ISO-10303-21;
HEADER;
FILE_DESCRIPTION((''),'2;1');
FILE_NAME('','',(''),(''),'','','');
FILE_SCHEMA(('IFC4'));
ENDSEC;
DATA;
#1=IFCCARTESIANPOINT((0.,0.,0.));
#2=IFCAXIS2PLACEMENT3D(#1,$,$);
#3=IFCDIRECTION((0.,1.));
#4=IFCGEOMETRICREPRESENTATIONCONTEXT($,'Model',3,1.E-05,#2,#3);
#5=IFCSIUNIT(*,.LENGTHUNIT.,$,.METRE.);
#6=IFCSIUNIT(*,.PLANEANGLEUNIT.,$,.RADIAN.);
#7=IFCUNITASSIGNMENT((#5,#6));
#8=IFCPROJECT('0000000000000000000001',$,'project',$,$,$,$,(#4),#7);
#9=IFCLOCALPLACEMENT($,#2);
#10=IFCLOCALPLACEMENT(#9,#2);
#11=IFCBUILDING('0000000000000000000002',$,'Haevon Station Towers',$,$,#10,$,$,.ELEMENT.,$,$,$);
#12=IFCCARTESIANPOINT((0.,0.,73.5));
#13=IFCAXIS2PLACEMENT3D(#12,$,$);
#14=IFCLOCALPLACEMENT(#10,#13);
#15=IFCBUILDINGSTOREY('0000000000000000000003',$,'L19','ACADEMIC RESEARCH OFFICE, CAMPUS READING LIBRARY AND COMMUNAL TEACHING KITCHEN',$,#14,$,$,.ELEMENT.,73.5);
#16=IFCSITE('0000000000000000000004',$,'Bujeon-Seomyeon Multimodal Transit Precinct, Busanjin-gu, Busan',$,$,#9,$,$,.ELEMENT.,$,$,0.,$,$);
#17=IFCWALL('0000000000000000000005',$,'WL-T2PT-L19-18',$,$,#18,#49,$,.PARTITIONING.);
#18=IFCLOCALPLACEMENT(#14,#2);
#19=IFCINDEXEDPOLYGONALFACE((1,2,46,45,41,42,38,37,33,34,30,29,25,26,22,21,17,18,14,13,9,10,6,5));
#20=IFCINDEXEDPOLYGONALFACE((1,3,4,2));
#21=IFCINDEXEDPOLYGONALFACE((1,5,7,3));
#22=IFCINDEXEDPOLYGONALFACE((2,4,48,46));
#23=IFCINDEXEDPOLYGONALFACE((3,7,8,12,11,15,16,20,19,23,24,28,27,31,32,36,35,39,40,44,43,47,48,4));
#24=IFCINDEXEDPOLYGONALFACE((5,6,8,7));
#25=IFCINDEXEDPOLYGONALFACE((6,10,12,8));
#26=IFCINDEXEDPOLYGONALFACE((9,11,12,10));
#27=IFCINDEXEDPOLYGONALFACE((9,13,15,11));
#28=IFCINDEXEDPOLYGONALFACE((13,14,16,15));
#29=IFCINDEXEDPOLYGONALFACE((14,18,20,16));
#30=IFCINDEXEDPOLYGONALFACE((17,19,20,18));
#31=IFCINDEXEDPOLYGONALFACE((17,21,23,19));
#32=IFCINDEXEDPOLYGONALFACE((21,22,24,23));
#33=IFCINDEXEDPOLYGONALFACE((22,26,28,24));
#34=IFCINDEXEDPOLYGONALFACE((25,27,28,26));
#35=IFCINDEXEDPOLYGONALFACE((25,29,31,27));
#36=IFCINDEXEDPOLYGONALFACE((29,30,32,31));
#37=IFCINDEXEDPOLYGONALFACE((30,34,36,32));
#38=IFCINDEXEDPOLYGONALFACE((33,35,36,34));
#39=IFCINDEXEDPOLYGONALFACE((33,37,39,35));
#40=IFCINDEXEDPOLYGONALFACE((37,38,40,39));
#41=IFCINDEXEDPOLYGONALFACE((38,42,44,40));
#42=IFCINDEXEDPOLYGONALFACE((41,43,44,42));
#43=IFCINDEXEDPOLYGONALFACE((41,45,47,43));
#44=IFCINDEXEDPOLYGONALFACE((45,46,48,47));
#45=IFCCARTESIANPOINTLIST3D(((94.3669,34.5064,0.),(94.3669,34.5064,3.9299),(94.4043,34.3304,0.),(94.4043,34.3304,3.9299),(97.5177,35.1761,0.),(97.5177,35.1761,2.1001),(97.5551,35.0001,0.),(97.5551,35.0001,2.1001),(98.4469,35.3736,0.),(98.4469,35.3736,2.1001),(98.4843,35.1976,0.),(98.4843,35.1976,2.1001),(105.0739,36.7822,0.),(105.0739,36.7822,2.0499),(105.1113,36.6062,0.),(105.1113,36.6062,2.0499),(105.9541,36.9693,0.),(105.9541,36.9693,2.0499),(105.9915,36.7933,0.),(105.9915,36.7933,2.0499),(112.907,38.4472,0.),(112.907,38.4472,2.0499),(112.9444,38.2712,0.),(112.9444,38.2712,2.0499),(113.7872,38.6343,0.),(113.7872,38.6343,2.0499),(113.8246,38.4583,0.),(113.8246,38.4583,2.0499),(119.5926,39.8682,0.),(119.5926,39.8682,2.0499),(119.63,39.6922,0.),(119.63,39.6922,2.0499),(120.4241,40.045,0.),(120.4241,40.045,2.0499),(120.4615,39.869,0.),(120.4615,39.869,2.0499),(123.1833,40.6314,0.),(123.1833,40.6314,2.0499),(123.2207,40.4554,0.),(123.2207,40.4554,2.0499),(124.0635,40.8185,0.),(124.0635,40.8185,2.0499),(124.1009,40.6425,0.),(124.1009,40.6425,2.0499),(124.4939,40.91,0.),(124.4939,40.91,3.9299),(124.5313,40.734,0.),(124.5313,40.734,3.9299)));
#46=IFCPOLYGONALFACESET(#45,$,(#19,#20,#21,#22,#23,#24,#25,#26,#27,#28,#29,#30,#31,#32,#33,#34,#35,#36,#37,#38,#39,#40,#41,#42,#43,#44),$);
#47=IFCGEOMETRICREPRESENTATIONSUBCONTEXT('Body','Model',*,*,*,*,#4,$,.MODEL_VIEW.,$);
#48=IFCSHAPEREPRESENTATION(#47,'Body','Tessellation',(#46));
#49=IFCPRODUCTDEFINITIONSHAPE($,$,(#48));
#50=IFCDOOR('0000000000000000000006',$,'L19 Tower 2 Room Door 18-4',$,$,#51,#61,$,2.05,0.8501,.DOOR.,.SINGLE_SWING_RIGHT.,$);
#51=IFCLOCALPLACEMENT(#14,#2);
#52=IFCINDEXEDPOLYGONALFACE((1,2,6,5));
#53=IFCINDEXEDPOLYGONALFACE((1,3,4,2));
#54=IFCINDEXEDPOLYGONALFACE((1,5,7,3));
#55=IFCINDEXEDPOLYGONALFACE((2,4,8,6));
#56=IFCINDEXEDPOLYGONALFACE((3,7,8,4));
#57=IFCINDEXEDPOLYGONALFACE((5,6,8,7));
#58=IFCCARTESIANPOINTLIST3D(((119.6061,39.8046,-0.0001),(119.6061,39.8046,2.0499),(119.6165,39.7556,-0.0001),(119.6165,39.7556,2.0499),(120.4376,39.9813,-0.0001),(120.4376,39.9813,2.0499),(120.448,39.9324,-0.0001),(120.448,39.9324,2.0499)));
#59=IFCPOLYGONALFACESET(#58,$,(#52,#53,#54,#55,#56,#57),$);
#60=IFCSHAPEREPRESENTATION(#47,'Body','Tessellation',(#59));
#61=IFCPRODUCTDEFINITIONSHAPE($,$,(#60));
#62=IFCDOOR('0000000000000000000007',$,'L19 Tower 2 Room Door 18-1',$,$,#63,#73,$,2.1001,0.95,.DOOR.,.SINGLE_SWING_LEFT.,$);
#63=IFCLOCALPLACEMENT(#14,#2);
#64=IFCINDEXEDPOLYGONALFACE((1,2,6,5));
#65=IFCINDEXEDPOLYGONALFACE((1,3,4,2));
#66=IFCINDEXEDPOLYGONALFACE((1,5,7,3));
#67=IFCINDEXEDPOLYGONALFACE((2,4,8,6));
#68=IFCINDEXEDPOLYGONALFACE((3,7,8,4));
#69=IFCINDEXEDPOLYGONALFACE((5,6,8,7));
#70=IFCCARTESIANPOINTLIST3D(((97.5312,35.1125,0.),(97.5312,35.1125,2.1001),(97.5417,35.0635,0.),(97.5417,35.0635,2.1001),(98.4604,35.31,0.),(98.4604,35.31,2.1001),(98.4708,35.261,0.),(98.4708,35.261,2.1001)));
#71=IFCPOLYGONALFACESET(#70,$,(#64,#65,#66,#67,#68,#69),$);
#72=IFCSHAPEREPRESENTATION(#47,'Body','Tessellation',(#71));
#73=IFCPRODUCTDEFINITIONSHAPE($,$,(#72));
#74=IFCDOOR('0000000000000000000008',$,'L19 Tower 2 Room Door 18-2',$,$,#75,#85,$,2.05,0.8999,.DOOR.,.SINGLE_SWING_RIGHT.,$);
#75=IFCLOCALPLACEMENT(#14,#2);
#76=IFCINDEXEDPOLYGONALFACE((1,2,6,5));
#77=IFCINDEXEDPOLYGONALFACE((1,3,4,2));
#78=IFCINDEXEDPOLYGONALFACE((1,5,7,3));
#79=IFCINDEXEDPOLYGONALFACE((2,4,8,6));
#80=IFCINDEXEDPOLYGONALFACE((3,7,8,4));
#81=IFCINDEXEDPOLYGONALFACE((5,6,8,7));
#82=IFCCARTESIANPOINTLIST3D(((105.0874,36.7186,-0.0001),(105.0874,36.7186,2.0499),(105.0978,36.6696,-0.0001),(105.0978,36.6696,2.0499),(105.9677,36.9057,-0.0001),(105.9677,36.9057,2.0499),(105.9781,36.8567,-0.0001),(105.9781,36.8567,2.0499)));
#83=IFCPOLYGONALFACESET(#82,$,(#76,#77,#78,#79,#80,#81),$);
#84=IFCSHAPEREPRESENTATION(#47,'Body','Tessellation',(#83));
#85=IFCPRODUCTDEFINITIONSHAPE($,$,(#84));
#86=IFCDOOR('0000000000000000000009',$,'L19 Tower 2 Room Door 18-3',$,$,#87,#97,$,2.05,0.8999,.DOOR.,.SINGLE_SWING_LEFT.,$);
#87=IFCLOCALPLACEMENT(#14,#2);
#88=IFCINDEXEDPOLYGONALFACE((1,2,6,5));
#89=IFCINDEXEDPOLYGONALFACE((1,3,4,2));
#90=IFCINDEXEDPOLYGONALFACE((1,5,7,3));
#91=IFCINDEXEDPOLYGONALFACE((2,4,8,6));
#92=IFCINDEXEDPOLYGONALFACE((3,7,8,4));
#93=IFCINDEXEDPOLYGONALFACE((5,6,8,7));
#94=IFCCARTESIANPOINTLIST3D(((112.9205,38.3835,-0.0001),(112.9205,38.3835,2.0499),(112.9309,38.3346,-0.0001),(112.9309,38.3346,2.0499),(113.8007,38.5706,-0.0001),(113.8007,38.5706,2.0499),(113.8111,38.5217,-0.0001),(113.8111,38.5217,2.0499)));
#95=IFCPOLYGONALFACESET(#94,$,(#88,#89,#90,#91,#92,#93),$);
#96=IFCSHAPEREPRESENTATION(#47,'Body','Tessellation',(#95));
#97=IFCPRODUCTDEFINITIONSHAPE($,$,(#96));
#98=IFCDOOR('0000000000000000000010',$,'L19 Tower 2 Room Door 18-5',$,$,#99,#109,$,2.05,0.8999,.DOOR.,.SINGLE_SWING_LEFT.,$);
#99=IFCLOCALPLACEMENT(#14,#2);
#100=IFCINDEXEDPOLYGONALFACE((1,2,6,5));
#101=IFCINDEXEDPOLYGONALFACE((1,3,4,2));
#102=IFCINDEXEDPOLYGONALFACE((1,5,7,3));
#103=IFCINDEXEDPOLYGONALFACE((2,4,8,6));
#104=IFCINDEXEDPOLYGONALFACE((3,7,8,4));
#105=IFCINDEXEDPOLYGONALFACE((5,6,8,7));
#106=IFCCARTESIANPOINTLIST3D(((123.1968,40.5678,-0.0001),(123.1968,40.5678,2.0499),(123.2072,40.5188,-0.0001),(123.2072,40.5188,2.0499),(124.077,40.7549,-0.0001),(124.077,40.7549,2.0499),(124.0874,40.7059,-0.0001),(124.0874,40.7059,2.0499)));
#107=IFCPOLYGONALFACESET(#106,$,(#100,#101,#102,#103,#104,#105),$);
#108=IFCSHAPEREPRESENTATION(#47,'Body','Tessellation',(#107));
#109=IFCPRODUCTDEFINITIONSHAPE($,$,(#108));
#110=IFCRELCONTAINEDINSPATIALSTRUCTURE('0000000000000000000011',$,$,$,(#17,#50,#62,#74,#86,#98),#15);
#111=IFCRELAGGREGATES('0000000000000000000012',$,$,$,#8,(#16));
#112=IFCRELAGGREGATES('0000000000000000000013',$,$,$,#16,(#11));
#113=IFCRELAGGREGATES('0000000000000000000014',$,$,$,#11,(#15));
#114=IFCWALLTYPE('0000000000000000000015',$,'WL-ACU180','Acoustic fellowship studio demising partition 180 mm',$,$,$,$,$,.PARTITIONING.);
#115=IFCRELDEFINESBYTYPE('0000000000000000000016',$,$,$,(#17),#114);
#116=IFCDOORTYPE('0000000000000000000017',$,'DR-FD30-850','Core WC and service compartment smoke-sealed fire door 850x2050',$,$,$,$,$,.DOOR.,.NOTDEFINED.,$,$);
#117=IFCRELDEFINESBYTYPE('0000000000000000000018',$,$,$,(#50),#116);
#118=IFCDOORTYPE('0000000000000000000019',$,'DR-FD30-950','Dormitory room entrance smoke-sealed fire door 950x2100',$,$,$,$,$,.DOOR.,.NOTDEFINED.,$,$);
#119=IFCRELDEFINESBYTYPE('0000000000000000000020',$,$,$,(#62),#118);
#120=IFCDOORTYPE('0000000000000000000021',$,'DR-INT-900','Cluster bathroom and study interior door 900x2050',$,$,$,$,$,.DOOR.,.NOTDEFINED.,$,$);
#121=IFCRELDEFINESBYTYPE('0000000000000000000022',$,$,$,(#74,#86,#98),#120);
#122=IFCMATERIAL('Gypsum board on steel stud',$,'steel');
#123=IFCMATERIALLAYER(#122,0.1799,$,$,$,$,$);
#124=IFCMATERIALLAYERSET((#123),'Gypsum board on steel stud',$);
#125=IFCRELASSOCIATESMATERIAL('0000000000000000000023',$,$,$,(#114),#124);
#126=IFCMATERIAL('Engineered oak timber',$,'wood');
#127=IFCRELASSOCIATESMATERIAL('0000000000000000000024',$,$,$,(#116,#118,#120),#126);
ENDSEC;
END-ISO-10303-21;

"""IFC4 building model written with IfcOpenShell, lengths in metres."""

from ifc_helpers import new_model, si_unit, direction, frame, frame_2d, origin, place, context, subcontext, project, spatial, rectangle, extrude, material, layer, layer_set, type_object, element, fill, save


model = new_model("IFC4")

# Units and contexts
model_context = context("Model", 3, precision=1e-05, world=origin(), true_north=direction((0.0, 1.0)))
body_context = subcontext(model_context, "Body", "Model", "MODEL_VIEW")
ifc_project = project(units=[si_unit("LENGTHUNIT", "METRE"), si_unit("PLANEANGLEUNIT", "RADIAN")], contexts=[model_context])

# Site, building, storey
site_placement = place(None, origin())
site = spatial("IfcSite", under=ifc_project, at=site_placement, Name="Bujeon-Seomyeon Multimodal Transit Precinct, Busanjin-gu, Busan", CompositionType="ELEMENT", RefElevation=0.0)
building_placement = place(site_placement, origin())
building = spatial("IfcBuilding", under=site, at=building_placement, Name="Haevon Station Towers", CompositionType="ELEMENT")
storey_placement = place(building_placement, frame((0.0, 0.0, 73.5)))
storey = spatial("IfcBuildingStorey", under=building, at=storey_placement, Name="L19", Description="ACADEMIC RESEARCH OFFICE, CAMPUS READING LIBRARY AND COMMUNAL TEACHING KITCHEN", CompositionType="ELEMENT", Elevation=73.5)

# Wall, openings, doors
ifc_material_1 = material(Name="Gypsum board on steel stud", Category="steel")
ifc_layer = layer(ifc_material_1, 0.1799)
ifc_layer_set = layer_set([ifc_layer], Name="Gypsum board on steel stud")
wall_type = type_object("IfcWallType", Name="WL-ACU180", Description="Acoustic fellowship studio demising partition 180 mm", PredefinedType="PARTITIONING", material=ifc_layer_set)
wall_placement = place(storey_placement, frame((94.3857, 34.4185, 0.0), z_axis=(0.0, 0.0, 1.0), x_axis=(0.978148, 0.207908, 0.0)))
wall = element("IfcWall", 1, at=wall_placement, inside=storey, type_object=wall_type, Name="WL-T2PT-L19-18", PredefinedType="PARTITIONING", context=body_context, shape_type="SweptSolid", body=[
    extrude(rectangle(XDim=30.8, YDim=0.1799, at=frame_2d((15.3999, 0.0))), origin(), (0.0, 0.0, 1.0), 3.9299),
])
opening_1_placement = place(wall_placement, frame((3.2209, 0.0, 0.0)))
opening_1 = element("IfcOpeningElement", 2, at=opening_1_placement, cuts=wall, PredefinedType="OPENING", context=body_context, shape_type="SweptSolid", body=[
    extrude(rectangle(XDim=0.95, YDim=2.1001, at=frame_2d((0.4751, 1.05))), frame((0.0, 0.0999, 0.0), z_axis=(0.0, -1.0, 0.0), x_axis=(1.0, 0.0, 0.0)), (0.0, 0.0, 1.0), 0.2),
])
opening_2_placement = place(wall_placement, frame((10.946, 0.0, 0.0)))
opening_2 = element("IfcOpeningElement", 3, at=opening_2_placement, cuts=wall, PredefinedType="OPENING", context=body_context, shape_type="SweptSolid", body=[
    extrude(rectangle(XDim=0.8999, YDim=2.05, at=frame_2d((0.45, 1.0249))), frame((0.0, 0.0999, 0.0), z_axis=(0.0, -1.0, 0.0), x_axis=(1.0, 0.0, 0.0)), (0.0, 0.0, 1.0), 0.2),
])
opening_3_placement = place(wall_placement, frame((18.9541, 0.0, 0.0)))
opening_3 = element("IfcOpeningElement", 4, at=opening_3_placement, cuts=wall, PredefinedType="OPENING", context=body_context, shape_type="SweptSolid", body=[
    extrude(rectangle(XDim=0.8999, YDim=2.05, at=frame_2d((0.45, 1.0249))), frame((0.0, 0.0999, 0.0), z_axis=(0.0, -1.0, 0.0), x_axis=(1.0, 0.0, 0.0)), (0.0, 0.0, 1.0), 0.2),
])
opening_4_placement = place(wall_placement, frame((25.7891, 0.0, 0.0)))
opening_4 = element("IfcOpeningElement", 5, at=opening_4_placement, cuts=wall, PredefinedType="OPENING", context=body_context, shape_type="SweptSolid", body=[
    extrude(rectangle(XDim=0.8501, YDim=2.05, at=frame_2d((0.425, 1.0249))), frame((0.0, 0.0999, 0.0), z_axis=(0.0, -1.0, 0.0), x_axis=(1.0, 0.0, 0.0)), (0.0, 0.0, 1.0), 0.2),
])
opening_5_placement = place(wall_placement, frame((29.46, 0.0, 0.0)))
opening_5 = element("IfcOpeningElement", 6, at=opening_5_placement, cuts=wall, PredefinedType="OPENING", context=body_context, shape_type="SweptSolid", body=[
    extrude(rectangle(XDim=0.8999, YDim=2.05, at=frame_2d((0.45, 1.0249))), frame((0.0, 0.0999, 0.0), z_axis=(0.0, -1.0, 0.0), x_axis=(1.0, 0.0, 0.0)), (0.0, 0.0, 1.0), 0.2),
])
ifc_material_2 = material(Name="Engineered oak timber", Category="wood")
door_type_1 = type_object("IfcDoorType", Name="DR-FD30-850", Description="Core WC and service compartment smoke-sealed fire door 850x2050", OperationType="NOTDEFINED", PredefinedType="DOOR", material=ifc_material_2)
door_1_placement = place(opening_4_placement, origin())
door_1 = element("IfcDoor", 7, at=door_1_placement, inside=storey, type_object=door_type_1, Name="L19 Tower 2 Room Door 18-4", OperationType="SINGLE_SWING_RIGHT", OverallHeight=2.05, OverallWidth=0.8501, PredefinedType="DOOR", context=body_context, shape_type="SweptSolid", body=[
    extrude(rectangle(XDim=0.8501, YDim=2.05, at=frame_2d((0.425, 1.0249))), frame((0.0, 0.0249, 0.0), z_axis=(0.0, -1.0, 0.0), x_axis=(1.0, 0.0, 0.0)), (0.0, 0.0, 1.0), 0.05),
])
fill(opening_4, door_1)
door_type_2 = type_object("IfcDoorType", Name="DR-FD30-950", Description="Dormitory room entrance smoke-sealed fire door 950x2100", OperationType="NOTDEFINED", PredefinedType="DOOR", material=ifc_material_2)
door_2_placement = place(opening_1_placement, origin())
door_2 = element("IfcDoor", 8, at=door_2_placement, inside=storey, type_object=door_type_2, Name="L19 Tower 2 Room Door 18-1", OperationType="SINGLE_SWING_LEFT", OverallHeight=2.1001, OverallWidth=0.95, PredefinedType="DOOR", context=body_context, shape_type="SweptSolid", body=[
    extrude(rectangle(XDim=0.95, YDim=2.1001, at=frame_2d((0.4751, 1.05))), frame((0.0, 0.0249, 0.0), z_axis=(0.0, -1.0, 0.0), x_axis=(1.0, 0.0, 0.0)), (0.0, 0.0, 1.0), 0.05),
])
fill(opening_1, door_2)
door_type_3 = type_object("IfcDoorType", Name="DR-INT-900", Description="Cluster bathroom and study interior door 900x2050", OperationType="NOTDEFINED", PredefinedType="DOOR", material=ifc_material_2)
door_3_placement = place(opening_2_placement, origin())
door_3 = element("IfcDoor", 9, at=door_3_placement, inside=storey, type_object=door_type_3, Name="L19 Tower 2 Room Door 18-2", OperationType="SINGLE_SWING_RIGHT", OverallHeight=2.05, OverallWidth=0.8999, PredefinedType="DOOR", context=body_context, shape_type="SweptSolid", body=[
    extrude(rectangle(XDim=0.8999, YDim=2.05, at=frame_2d((0.45, 1.0249))), frame((0.0, 0.0249, 0.0), z_axis=(0.0, -1.0, 0.0), x_axis=(1.0, 0.0, 0.0)), (0.0, 0.0, 1.0), 0.05),
])
fill(opening_2, door_3)
door_4_placement = place(opening_3_placement, origin())
door_4 = element("IfcDoor", 10, at=door_4_placement, inside=storey, type_object=door_type_3, Name="L19 Tower 2 Room Door 18-3", OperationType="SINGLE_SWING_LEFT", OverallHeight=2.05, OverallWidth=0.8999, PredefinedType="DOOR", context=body_context, shape_type="SweptSolid", body=[
    extrude(rectangle(XDim=0.8999, YDim=2.05, at=frame_2d((0.45, 1.0249))), frame((0.0, 0.0249, 0.0), z_axis=(0.0, -1.0, 0.0), x_axis=(1.0, 0.0, 0.0)), (0.0, 0.0, 1.0), 0.05),
])
fill(opening_3, door_4)
door_5_placement = place(opening_5_placement, origin())
door_5 = element("IfcDoor", 11, at=door_5_placement, inside=storey, type_object=door_type_3, Name="L19 Tower 2 Room Door 18-5", OperationType="SINGLE_SWING_LEFT", OverallHeight=2.05, OverallWidth=0.8999, PredefinedType="DOOR", context=body_context, shape_type="SweptSolid", body=[
    extrude(rectangle(XDim=0.8999, YDim=2.05, at=frame_2d((0.45, 1.0249))), frame((0.0, 0.0249, 0.0), z_axis=(0.0, -1.0, 0.0), x_axis=(1.0, 0.0, 0.0)), (0.0, 0.0, 1.0), 0.05),
])
fill(opening_5, door_5)

save(model, "model.ifc")
